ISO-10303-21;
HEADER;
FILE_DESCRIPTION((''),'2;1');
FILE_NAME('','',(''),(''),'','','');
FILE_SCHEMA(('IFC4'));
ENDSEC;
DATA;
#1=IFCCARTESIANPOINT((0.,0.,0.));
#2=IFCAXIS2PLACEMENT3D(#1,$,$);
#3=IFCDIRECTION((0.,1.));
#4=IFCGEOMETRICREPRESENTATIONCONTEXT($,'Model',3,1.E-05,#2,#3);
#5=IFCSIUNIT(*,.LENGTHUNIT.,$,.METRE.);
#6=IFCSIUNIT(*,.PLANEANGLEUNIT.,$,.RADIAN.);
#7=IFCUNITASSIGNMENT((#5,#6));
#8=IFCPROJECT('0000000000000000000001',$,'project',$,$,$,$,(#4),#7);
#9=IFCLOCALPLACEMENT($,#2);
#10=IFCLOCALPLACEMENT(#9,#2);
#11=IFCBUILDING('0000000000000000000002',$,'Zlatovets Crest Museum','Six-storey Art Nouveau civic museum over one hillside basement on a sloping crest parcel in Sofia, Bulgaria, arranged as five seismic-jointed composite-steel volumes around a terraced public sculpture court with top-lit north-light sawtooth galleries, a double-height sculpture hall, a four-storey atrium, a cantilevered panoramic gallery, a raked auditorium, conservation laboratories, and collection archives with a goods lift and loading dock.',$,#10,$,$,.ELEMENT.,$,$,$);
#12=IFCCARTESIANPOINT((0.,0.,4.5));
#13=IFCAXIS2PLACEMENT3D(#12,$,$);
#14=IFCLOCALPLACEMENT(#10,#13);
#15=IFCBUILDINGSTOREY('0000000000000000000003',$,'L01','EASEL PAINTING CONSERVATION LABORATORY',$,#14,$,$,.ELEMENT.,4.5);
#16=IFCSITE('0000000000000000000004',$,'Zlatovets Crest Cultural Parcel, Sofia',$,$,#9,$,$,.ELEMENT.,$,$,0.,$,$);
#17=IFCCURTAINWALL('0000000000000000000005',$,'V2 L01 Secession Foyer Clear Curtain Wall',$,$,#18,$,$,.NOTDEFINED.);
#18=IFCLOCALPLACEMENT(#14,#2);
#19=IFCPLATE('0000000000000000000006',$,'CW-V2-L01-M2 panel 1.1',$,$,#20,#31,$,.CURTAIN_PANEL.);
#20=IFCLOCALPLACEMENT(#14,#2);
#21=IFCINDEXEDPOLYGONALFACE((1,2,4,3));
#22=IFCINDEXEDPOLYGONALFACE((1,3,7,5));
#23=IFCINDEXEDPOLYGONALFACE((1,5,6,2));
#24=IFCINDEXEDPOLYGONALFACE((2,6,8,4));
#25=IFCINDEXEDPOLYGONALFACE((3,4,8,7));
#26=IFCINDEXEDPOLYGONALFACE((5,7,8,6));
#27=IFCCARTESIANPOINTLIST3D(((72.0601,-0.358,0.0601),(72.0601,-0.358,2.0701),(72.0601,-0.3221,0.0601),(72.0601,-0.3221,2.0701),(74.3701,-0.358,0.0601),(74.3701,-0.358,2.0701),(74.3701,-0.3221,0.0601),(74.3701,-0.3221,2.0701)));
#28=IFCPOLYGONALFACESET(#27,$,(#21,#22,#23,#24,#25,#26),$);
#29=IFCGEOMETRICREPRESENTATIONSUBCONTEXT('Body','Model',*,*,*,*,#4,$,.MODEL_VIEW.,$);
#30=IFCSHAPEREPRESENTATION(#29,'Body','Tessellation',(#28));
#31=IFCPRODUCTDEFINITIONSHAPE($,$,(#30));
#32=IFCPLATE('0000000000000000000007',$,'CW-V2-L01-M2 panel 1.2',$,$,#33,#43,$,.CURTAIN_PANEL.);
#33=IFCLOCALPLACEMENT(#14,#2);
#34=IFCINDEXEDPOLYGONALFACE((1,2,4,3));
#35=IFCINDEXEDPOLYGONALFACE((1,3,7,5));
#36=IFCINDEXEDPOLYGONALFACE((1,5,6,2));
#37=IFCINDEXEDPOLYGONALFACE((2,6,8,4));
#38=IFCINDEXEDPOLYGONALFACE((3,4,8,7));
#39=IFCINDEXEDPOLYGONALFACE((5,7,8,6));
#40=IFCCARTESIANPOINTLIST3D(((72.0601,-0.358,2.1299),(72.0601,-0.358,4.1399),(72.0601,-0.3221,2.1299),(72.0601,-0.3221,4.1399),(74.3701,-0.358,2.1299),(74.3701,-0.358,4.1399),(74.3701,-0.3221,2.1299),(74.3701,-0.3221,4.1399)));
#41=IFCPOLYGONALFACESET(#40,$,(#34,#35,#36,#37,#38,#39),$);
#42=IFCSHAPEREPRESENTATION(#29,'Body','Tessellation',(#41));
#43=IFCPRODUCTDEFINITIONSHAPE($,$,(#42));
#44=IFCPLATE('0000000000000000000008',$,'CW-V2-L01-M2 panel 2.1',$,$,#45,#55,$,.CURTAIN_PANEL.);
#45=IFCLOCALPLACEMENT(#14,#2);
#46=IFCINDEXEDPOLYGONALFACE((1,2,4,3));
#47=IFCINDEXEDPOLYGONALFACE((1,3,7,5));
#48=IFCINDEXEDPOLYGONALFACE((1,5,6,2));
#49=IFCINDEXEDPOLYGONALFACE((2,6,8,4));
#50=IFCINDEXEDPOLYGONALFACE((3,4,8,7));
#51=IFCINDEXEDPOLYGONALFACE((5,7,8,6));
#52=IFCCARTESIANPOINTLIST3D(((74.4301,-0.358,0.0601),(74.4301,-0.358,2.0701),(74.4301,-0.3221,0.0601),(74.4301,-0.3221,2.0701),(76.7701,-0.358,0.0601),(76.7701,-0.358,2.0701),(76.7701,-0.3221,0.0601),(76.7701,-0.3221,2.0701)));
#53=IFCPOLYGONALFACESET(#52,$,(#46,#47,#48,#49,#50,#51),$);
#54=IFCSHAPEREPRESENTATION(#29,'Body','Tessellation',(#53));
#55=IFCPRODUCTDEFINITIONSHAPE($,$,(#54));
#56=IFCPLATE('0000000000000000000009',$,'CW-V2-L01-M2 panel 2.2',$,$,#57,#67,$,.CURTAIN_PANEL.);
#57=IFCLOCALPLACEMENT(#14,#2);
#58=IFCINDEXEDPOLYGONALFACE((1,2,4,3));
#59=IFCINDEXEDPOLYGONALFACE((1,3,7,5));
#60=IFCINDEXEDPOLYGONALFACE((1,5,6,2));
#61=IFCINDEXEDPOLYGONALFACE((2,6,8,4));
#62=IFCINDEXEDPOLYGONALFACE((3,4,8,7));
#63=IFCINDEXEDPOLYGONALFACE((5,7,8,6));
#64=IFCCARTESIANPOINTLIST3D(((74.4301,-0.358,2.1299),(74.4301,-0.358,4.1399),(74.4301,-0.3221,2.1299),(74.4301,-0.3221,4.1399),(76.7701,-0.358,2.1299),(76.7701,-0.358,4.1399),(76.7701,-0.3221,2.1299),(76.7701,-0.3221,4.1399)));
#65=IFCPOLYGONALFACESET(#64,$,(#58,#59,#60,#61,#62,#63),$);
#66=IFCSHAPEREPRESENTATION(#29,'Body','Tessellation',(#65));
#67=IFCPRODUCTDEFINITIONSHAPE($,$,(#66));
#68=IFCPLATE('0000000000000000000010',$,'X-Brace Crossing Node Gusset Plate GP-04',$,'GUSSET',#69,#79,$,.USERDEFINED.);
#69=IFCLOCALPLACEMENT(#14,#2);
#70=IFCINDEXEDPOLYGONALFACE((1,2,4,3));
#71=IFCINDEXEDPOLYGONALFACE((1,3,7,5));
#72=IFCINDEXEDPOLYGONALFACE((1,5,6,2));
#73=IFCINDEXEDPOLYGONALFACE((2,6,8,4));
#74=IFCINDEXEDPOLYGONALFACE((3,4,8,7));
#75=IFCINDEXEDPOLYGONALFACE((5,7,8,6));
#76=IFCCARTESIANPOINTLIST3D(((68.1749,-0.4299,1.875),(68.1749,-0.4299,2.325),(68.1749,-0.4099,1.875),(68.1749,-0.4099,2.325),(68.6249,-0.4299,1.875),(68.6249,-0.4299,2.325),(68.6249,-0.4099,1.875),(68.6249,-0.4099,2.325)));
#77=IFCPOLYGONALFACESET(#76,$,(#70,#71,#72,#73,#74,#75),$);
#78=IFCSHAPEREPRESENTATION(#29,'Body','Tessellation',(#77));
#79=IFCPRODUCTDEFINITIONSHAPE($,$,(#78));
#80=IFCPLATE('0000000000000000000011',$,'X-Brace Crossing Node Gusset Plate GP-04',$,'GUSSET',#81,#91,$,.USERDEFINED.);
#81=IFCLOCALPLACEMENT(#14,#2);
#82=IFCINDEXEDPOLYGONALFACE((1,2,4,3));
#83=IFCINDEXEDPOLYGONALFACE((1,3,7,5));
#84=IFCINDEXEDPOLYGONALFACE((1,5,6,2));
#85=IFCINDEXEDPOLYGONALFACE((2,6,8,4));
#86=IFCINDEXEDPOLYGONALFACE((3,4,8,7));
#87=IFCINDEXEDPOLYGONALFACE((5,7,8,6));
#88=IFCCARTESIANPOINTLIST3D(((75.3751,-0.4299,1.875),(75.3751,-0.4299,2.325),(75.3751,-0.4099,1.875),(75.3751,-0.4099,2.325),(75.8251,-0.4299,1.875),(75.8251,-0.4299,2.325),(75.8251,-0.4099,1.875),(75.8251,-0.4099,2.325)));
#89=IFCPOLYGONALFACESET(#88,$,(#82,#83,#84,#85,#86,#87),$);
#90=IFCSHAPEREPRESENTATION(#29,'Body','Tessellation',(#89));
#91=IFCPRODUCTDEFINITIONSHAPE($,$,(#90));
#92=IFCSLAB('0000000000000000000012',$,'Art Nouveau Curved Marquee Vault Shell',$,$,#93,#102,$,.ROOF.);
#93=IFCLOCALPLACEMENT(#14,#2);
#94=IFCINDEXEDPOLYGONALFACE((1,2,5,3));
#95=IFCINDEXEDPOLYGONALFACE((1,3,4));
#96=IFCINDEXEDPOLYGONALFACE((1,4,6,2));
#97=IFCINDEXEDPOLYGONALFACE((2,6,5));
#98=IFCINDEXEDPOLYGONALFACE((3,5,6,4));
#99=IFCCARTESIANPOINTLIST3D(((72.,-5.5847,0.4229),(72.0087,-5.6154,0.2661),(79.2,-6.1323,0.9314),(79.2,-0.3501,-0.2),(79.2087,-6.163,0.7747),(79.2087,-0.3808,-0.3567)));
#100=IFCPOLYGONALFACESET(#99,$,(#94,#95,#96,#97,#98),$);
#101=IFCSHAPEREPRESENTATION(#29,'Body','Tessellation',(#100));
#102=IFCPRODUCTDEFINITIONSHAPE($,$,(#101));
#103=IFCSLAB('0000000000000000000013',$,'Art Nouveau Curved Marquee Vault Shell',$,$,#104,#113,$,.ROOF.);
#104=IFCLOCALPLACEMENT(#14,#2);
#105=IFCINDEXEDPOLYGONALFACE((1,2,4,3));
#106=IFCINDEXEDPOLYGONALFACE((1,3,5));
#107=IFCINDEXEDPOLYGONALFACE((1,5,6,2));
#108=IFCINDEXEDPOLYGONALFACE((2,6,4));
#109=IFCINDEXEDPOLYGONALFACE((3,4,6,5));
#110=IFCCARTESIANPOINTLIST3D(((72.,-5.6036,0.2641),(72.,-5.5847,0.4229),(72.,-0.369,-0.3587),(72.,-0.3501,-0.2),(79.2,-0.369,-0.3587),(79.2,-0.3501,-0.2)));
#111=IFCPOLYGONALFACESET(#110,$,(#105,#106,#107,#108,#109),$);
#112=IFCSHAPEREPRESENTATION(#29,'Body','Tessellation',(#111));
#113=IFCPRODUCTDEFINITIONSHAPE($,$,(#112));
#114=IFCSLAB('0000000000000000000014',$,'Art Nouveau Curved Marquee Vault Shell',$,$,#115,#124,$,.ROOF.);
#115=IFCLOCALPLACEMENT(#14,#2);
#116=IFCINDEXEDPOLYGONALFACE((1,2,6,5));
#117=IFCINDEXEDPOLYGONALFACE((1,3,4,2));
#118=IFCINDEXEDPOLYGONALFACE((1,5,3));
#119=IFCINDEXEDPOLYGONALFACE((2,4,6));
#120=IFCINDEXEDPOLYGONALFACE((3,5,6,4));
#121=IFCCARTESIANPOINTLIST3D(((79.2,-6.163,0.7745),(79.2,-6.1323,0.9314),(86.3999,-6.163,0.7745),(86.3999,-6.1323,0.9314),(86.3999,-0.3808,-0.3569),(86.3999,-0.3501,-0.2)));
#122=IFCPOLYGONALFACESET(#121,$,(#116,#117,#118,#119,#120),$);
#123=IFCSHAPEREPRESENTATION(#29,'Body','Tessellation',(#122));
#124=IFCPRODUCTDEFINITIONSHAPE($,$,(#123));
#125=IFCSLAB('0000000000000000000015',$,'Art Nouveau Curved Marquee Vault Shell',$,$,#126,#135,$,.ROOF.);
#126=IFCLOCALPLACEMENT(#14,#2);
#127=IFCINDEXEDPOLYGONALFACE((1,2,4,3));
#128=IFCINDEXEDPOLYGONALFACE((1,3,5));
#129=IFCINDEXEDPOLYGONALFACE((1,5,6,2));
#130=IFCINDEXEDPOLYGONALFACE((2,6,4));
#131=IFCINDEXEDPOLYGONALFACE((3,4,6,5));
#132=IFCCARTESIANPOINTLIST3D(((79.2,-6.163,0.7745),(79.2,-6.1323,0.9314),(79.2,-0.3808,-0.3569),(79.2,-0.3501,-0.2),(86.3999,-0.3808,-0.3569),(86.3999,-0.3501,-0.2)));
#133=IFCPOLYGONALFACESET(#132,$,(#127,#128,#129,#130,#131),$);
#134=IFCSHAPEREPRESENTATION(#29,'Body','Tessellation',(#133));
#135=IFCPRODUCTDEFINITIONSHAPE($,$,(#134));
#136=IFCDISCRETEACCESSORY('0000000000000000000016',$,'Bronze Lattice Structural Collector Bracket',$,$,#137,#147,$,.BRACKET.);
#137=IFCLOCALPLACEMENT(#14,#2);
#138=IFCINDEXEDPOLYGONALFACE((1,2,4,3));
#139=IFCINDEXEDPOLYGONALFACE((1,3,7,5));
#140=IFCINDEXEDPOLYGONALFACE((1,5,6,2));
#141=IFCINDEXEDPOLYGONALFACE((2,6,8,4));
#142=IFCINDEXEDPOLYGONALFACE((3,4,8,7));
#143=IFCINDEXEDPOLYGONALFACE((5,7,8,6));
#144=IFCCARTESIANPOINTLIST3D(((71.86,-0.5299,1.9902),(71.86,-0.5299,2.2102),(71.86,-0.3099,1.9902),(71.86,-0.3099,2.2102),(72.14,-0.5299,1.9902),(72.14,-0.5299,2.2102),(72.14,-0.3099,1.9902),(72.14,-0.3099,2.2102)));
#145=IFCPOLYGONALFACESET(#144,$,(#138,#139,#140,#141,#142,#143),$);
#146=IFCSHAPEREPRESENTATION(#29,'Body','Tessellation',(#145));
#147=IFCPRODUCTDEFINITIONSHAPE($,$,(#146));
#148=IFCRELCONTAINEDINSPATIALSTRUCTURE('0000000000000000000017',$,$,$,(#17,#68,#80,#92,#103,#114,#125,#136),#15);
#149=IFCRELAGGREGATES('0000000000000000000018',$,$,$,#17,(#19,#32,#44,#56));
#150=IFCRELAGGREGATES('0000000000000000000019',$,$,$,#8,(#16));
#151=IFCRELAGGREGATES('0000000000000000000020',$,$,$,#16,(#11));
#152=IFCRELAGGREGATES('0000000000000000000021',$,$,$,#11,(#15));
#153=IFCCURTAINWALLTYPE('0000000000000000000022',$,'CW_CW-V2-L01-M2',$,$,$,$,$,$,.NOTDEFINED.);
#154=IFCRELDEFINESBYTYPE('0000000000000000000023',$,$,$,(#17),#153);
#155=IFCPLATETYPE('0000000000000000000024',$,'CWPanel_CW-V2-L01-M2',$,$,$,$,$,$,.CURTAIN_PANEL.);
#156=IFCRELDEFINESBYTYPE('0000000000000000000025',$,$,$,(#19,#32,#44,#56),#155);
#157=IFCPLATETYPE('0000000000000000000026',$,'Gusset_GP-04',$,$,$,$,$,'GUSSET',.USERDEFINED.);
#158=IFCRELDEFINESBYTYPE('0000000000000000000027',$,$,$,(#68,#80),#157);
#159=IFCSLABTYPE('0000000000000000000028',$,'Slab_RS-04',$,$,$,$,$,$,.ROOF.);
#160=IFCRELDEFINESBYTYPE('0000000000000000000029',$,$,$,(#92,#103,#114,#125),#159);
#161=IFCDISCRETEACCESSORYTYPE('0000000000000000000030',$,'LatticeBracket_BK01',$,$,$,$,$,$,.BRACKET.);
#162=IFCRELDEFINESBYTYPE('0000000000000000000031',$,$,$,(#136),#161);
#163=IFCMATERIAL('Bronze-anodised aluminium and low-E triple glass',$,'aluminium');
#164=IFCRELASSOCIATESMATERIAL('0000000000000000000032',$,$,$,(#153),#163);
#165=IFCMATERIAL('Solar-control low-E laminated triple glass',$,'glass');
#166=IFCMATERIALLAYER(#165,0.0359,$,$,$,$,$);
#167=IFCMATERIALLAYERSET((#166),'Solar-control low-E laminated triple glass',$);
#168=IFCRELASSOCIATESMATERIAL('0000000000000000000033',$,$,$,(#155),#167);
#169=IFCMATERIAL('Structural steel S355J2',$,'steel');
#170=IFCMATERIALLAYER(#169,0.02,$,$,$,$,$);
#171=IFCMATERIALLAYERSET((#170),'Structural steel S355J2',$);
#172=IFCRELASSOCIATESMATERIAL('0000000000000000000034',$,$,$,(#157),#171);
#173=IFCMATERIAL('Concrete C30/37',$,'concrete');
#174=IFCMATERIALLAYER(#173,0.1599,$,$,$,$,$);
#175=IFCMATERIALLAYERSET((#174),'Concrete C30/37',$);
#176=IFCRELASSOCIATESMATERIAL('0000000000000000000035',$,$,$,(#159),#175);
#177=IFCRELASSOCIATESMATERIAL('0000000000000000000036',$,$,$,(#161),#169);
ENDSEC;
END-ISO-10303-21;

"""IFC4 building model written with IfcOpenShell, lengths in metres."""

from ifc_helpers import new_model, si_unit, direction, frame, origin, origin_2d, place, context, subcontext, project, spatial, polyline, rectangle, outline, extrude, material, layer, layer_set, type_object, element, aggregate, save


model = new_model("IFC4")

# Units and contexts
model_context = context("Model", 3, precision=1e-05, world=origin(), true_north=direction((0.0, 1.0)))
body_context = subcontext(model_context, "Body", "Model", "MODEL_VIEW")
ifc_project = project(units=[si_unit("LENGTHUNIT", "METRE"), si_unit("PLANEANGLEUNIT", "RADIAN")], contexts=[model_context])

# Site, building, storey
site_placement = place(None, origin())
site = spatial("IfcSite", under=ifc_project, at=site_placement, Name="Zlatovets Crest Cultural Parcel, Sofia", CompositionType="ELEMENT", RefElevation=0.0)
building_placement = place(site_placement, origin())
building = spatial("IfcBuilding", under=site, at=building_placement, Name="Zlatovets Crest Museum", Description="Six-storey Art Nouveau civic museum over one hillside basement on a sloping crest parcel in Sofia, Bulgaria, arranged as five seismic-jointed composite-steel volumes around a terraced public sculpture court with top-lit north-light sawtooth galleries, a double-height sculpture hall, a four-storey atrium, a cantilevered panoramic gallery, a raked auditorium, conservation laboratories, and collection archives with a goods lift and loading dock.", CompositionType="ELEMENT")
storey_placement = place(building_placement, frame((0.0, 0.0, 4.5)))
storey = spatial("IfcBuildingStorey", under=building, at=storey_placement, Name="L01", Description="EASEL PAINTING CONSERVATION LABORATORY", CompositionType="ELEMENT", Elevation=4.5)

# Curtain wall
ifc_material_1 = material(Name="Bronze-anodised aluminium and low-E triple glass", Category="aluminium")
curtain_wall_type_1 = type_object("IfcCurtainWallType", Name="CW_CW-V2-L01-M2", PredefinedType="NOTDEFINED", material=ifc_material_1)
curtain_wall_1_placement = place(storey_placement, origin())
curtain_wall_1 = element("IfcCurtainWall", 1, at=curtain_wall_1_placement, inside=storey, type_object=curtain_wall_type_1, Name="V2 L01 Secession Foyer Clear Curtain Wall", PredefinedType="NOTDEFINED")

# Shared definitions
ifc_material_2 = material(Name="Structural steel S355J2", Category="steel")

# Plates
ifc_material_3 = material(Name="Solar-control low-E laminated triple glass", Category="glass")
ifc_layer_1 = layer(ifc_material_3, 0.0359)
ifc_layer_set_1 = layer_set([ifc_layer_1], Name="Solar-control low-E laminated triple glass")
plate_type_1 = type_object("IfcPlateType", Name="CWPanel_CW-V2-L01-M2", PredefinedType="CURTAIN_PANEL", material=ifc_layer_set_1)
plate_1_placement = place(storey_placement, frame((73.2151, -0.3401, 0.0601), z_axis=(0.0, 0.0, 1.0), x_axis=(1.0, 0.0, 0.0)))
plate_1 = element("IfcPlate", 2, at=plate_1_placement, type_object=plate_type_1, Name="CW-V2-L01-M2 panel 1.1", PredefinedType="CURTAIN_PANEL", context=body_context, shape_type="SweptSolid", body=[
    extrude(rectangle(XDim=2.3101, YDim=0.0359, at=origin_2d()), origin(), (0.0, 0.0, 1.0), 2.01),
])
plate_2_placement = place(storey_placement, frame((73.2151, -0.3401, 2.1299), z_axis=(0.0, 0.0, 1.0), x_axis=(1.0, 0.0, 0.0)))
plate_2 = element("IfcPlate", 3, at=plate_2_placement, type_object=plate_type_1, Name="CW-V2-L01-M2 panel 1.2", PredefinedType="CURTAIN_PANEL", context=body_context, shape_type="SweptSolid", body=[
    extrude(rectangle(XDim=2.3101, YDim=0.0359, at=origin_2d()), origin(), (0.0, 0.0, 1.0), 2.01),
])
plate_3_placement = place(storey_placement, frame((75.6001, -0.3401, 0.0601), z_axis=(0.0, 0.0, 1.0), x_axis=(1.0, 0.0, 0.0)))
plate_3 = element("IfcPlate", 4, at=plate_3_placement, type_object=plate_type_1, Name="CW-V2-L01-M2 panel 2.1", PredefinedType="CURTAIN_PANEL", context=body_context, shape_type="SweptSolid", body=[
    extrude(rectangle(XDim=2.3401, YDim=0.0359, at=origin_2d()), origin(), (0.0, 0.0, 1.0), 2.01),
])
plate_4_placement = place(storey_placement, frame((75.6001, -0.3401, 2.1299), z_axis=(0.0, 0.0, 1.0), x_axis=(1.0, 0.0, 0.0)))
plate_4 = element("IfcPlate", 5, at=plate_4_placement, type_object=plate_type_1, Name="CW-V2-L01-M2 panel 2.2", PredefinedType="CURTAIN_PANEL", context=body_context, shape_type="SweptSolid", body=[
    extrude(rectangle(XDim=2.3401, YDim=0.0359, at=origin_2d()), origin(), (0.0, 0.0, 1.0), 2.01),
])
aggregate(curtain_wall_1, [plate_1, plate_2, plate_3, plate_4])

# Plates
ifc_layer_2 = layer(ifc_material_2, 0.02)
ifc_layer_set_2 = layer_set([ifc_layer_2], Name="Structural steel S355J2")
plate_type_2 = type_object("IfcPlateType", Name="Gusset_GP-04", ElementType="GUSSET", PredefinedType="USERDEFINED", material=ifc_layer_set_2)
for number, where, z_axis, x_axis, name in (
    (6, (68.3999, -0.4199, 1.875), (0.0, 0.0, 1.0), (1.0, 0.0, 0.0), "X-Brace Crossing Node Gusset Plate GP-04"),
    (7, (75.6001, -0.4199, 1.875), (0.0, 0.0, 1.0), (1.0, 0.0, 0.0), "X-Brace Crossing Node Gusset Plate GP-04"),
):
    element("IfcPlate", number, at=place(storey_placement, frame(where, z_axis=z_axis, x_axis=x_axis)), inside=storey, type_object=plate_type_2, Name=name, ObjectType="GUSSET", PredefinedType="USERDEFINED", context=body_context, shape_type="SweptSolid", body=[
        extrude(rectangle(XDim=0.45, YDim=0.02, at=origin_2d()), origin(), (0.0, 0.0, 1.0), 0.45),
    ])

# Slabs
ifc_material_4 = material(Name="Concrete C30/37", Category="concrete")
ifc_layer_3 = layer(ifc_material_4, 0.1599)
ifc_layer_set_3 = layer_set([ifc_layer_3], Name="Concrete C30/37")
slab_type = type_object("IfcSlabType", Name="Slab_RS-04", PredefinedType="ROOF", material=ifc_layer_set_3)
slab_1_placement = place(storey_placement, frame((72.0, -5.5847, 0.4229), z_axis=(-0.054631, 0.191732, 0.979926), x_axis=(0.994656, -0.075651, 0.070254)))
element("IfcSlab", 8, at=slab_1_placement, inside=storey, type_object=slab_type, Name="Art Nouveau Curved Marquee Vault Shell", PredefinedType="ROOF", context=body_context, shape_type="SweptSolid", body=[
    extrude(outline(polyline([(0.0, 0.0), (7.2386, 0.0), (6.7217, 5.8691), (0.0, 0.0)])), origin(), (0.0, 0.0, -1.0), 0.1599),
])
slab_2_placement = place(storey_placement, frame((72.0, -5.5847, 0.4229), z_axis=(0.0, 0.118144, 0.992996), x_axis=(0.806855, 0.586612, -0.069794)))
element("IfcSlab", 9, at=slab_2_placement, inside=storey, type_object=slab_type, Name="Art Nouveau Curved Marquee Vault Shell", PredefinedType="ROOF", context=body_context, shape_type="SweptSolid", body=[
    extrude(outline(polyline([(0.0, 0.0), (8.9235, 0.0), (3.1142, 4.2534), (0.0, 0.0)])), origin(), (0.0, 0.0, -1.0), 0.1599),
])
slab_3_placement = place(storey_placement, frame((79.2, -6.1323, 0.9314), z_axis=(0.0, 0.192019, 0.981391), x_axis=(1.0, 0.0, 0.0)))
element("IfcSlab", 10, at=slab_3_placement, inside=storey, type_object=slab_type, Name="Art Nouveau Curved Marquee Vault Shell", PredefinedType="ROOF", context=body_context, shape_type="SweptSolid", body=[
    extrude(outline(polyline([(0.0, 0.0), (7.2, 0.0), (7.2, 5.8919), (0.0, 0.0)])), origin(), (0.0, 0.0, -1.0), 0.1599),
])
slab_4_placement = place(storey_placement, frame((79.2, -6.1323, 0.9314), z_axis=(0.0, 0.192019, 0.981391), x_axis=(0.773905, 0.621517, -0.121606)))
element("IfcSlab", 11, at=slab_4_placement, inside=storey, type_object=slab_type, Name="Art Nouveau Curved Marquee Vault Shell", PredefinedType="ROOF", context=body_context, shape_type="SweptSolid", body=[
    extrude(outline(polyline([(0.0, 0.0), (9.3034, 0.0), (3.7313, 4.5597), (0.0, 0.0)])), origin(), (0.0, 0.0, -1.0), 0.1599),
])

# Discrete accessory
discrete_accessory_type = type_object("IfcDiscreteAccessoryType", Name="LatticeBracket_BK01", PredefinedType="BRACKET", material=ifc_material_2)
discrete_accessory_placement = place(storey_placement, frame((72.0, -0.4199, 1.9902), z_axis=(0.0, 0.0, 1.0), x_axis=(1.0, 0.0, 0.0)))
element("IfcDiscreteAccessory", 12, at=discrete_accessory_placement, inside=storey, type_object=discrete_accessory_type, Name="Bronze Lattice Structural Collector Bracket", PredefinedType="BRACKET", context=body_context, shape_type="SweptSolid", body=[
    extrude(rectangle(XDim=0.28, YDim=0.22, at=origin_2d()), origin(), (0.0, 0.0, 1.0), 0.22),
])

save(model, "model.ifc")
